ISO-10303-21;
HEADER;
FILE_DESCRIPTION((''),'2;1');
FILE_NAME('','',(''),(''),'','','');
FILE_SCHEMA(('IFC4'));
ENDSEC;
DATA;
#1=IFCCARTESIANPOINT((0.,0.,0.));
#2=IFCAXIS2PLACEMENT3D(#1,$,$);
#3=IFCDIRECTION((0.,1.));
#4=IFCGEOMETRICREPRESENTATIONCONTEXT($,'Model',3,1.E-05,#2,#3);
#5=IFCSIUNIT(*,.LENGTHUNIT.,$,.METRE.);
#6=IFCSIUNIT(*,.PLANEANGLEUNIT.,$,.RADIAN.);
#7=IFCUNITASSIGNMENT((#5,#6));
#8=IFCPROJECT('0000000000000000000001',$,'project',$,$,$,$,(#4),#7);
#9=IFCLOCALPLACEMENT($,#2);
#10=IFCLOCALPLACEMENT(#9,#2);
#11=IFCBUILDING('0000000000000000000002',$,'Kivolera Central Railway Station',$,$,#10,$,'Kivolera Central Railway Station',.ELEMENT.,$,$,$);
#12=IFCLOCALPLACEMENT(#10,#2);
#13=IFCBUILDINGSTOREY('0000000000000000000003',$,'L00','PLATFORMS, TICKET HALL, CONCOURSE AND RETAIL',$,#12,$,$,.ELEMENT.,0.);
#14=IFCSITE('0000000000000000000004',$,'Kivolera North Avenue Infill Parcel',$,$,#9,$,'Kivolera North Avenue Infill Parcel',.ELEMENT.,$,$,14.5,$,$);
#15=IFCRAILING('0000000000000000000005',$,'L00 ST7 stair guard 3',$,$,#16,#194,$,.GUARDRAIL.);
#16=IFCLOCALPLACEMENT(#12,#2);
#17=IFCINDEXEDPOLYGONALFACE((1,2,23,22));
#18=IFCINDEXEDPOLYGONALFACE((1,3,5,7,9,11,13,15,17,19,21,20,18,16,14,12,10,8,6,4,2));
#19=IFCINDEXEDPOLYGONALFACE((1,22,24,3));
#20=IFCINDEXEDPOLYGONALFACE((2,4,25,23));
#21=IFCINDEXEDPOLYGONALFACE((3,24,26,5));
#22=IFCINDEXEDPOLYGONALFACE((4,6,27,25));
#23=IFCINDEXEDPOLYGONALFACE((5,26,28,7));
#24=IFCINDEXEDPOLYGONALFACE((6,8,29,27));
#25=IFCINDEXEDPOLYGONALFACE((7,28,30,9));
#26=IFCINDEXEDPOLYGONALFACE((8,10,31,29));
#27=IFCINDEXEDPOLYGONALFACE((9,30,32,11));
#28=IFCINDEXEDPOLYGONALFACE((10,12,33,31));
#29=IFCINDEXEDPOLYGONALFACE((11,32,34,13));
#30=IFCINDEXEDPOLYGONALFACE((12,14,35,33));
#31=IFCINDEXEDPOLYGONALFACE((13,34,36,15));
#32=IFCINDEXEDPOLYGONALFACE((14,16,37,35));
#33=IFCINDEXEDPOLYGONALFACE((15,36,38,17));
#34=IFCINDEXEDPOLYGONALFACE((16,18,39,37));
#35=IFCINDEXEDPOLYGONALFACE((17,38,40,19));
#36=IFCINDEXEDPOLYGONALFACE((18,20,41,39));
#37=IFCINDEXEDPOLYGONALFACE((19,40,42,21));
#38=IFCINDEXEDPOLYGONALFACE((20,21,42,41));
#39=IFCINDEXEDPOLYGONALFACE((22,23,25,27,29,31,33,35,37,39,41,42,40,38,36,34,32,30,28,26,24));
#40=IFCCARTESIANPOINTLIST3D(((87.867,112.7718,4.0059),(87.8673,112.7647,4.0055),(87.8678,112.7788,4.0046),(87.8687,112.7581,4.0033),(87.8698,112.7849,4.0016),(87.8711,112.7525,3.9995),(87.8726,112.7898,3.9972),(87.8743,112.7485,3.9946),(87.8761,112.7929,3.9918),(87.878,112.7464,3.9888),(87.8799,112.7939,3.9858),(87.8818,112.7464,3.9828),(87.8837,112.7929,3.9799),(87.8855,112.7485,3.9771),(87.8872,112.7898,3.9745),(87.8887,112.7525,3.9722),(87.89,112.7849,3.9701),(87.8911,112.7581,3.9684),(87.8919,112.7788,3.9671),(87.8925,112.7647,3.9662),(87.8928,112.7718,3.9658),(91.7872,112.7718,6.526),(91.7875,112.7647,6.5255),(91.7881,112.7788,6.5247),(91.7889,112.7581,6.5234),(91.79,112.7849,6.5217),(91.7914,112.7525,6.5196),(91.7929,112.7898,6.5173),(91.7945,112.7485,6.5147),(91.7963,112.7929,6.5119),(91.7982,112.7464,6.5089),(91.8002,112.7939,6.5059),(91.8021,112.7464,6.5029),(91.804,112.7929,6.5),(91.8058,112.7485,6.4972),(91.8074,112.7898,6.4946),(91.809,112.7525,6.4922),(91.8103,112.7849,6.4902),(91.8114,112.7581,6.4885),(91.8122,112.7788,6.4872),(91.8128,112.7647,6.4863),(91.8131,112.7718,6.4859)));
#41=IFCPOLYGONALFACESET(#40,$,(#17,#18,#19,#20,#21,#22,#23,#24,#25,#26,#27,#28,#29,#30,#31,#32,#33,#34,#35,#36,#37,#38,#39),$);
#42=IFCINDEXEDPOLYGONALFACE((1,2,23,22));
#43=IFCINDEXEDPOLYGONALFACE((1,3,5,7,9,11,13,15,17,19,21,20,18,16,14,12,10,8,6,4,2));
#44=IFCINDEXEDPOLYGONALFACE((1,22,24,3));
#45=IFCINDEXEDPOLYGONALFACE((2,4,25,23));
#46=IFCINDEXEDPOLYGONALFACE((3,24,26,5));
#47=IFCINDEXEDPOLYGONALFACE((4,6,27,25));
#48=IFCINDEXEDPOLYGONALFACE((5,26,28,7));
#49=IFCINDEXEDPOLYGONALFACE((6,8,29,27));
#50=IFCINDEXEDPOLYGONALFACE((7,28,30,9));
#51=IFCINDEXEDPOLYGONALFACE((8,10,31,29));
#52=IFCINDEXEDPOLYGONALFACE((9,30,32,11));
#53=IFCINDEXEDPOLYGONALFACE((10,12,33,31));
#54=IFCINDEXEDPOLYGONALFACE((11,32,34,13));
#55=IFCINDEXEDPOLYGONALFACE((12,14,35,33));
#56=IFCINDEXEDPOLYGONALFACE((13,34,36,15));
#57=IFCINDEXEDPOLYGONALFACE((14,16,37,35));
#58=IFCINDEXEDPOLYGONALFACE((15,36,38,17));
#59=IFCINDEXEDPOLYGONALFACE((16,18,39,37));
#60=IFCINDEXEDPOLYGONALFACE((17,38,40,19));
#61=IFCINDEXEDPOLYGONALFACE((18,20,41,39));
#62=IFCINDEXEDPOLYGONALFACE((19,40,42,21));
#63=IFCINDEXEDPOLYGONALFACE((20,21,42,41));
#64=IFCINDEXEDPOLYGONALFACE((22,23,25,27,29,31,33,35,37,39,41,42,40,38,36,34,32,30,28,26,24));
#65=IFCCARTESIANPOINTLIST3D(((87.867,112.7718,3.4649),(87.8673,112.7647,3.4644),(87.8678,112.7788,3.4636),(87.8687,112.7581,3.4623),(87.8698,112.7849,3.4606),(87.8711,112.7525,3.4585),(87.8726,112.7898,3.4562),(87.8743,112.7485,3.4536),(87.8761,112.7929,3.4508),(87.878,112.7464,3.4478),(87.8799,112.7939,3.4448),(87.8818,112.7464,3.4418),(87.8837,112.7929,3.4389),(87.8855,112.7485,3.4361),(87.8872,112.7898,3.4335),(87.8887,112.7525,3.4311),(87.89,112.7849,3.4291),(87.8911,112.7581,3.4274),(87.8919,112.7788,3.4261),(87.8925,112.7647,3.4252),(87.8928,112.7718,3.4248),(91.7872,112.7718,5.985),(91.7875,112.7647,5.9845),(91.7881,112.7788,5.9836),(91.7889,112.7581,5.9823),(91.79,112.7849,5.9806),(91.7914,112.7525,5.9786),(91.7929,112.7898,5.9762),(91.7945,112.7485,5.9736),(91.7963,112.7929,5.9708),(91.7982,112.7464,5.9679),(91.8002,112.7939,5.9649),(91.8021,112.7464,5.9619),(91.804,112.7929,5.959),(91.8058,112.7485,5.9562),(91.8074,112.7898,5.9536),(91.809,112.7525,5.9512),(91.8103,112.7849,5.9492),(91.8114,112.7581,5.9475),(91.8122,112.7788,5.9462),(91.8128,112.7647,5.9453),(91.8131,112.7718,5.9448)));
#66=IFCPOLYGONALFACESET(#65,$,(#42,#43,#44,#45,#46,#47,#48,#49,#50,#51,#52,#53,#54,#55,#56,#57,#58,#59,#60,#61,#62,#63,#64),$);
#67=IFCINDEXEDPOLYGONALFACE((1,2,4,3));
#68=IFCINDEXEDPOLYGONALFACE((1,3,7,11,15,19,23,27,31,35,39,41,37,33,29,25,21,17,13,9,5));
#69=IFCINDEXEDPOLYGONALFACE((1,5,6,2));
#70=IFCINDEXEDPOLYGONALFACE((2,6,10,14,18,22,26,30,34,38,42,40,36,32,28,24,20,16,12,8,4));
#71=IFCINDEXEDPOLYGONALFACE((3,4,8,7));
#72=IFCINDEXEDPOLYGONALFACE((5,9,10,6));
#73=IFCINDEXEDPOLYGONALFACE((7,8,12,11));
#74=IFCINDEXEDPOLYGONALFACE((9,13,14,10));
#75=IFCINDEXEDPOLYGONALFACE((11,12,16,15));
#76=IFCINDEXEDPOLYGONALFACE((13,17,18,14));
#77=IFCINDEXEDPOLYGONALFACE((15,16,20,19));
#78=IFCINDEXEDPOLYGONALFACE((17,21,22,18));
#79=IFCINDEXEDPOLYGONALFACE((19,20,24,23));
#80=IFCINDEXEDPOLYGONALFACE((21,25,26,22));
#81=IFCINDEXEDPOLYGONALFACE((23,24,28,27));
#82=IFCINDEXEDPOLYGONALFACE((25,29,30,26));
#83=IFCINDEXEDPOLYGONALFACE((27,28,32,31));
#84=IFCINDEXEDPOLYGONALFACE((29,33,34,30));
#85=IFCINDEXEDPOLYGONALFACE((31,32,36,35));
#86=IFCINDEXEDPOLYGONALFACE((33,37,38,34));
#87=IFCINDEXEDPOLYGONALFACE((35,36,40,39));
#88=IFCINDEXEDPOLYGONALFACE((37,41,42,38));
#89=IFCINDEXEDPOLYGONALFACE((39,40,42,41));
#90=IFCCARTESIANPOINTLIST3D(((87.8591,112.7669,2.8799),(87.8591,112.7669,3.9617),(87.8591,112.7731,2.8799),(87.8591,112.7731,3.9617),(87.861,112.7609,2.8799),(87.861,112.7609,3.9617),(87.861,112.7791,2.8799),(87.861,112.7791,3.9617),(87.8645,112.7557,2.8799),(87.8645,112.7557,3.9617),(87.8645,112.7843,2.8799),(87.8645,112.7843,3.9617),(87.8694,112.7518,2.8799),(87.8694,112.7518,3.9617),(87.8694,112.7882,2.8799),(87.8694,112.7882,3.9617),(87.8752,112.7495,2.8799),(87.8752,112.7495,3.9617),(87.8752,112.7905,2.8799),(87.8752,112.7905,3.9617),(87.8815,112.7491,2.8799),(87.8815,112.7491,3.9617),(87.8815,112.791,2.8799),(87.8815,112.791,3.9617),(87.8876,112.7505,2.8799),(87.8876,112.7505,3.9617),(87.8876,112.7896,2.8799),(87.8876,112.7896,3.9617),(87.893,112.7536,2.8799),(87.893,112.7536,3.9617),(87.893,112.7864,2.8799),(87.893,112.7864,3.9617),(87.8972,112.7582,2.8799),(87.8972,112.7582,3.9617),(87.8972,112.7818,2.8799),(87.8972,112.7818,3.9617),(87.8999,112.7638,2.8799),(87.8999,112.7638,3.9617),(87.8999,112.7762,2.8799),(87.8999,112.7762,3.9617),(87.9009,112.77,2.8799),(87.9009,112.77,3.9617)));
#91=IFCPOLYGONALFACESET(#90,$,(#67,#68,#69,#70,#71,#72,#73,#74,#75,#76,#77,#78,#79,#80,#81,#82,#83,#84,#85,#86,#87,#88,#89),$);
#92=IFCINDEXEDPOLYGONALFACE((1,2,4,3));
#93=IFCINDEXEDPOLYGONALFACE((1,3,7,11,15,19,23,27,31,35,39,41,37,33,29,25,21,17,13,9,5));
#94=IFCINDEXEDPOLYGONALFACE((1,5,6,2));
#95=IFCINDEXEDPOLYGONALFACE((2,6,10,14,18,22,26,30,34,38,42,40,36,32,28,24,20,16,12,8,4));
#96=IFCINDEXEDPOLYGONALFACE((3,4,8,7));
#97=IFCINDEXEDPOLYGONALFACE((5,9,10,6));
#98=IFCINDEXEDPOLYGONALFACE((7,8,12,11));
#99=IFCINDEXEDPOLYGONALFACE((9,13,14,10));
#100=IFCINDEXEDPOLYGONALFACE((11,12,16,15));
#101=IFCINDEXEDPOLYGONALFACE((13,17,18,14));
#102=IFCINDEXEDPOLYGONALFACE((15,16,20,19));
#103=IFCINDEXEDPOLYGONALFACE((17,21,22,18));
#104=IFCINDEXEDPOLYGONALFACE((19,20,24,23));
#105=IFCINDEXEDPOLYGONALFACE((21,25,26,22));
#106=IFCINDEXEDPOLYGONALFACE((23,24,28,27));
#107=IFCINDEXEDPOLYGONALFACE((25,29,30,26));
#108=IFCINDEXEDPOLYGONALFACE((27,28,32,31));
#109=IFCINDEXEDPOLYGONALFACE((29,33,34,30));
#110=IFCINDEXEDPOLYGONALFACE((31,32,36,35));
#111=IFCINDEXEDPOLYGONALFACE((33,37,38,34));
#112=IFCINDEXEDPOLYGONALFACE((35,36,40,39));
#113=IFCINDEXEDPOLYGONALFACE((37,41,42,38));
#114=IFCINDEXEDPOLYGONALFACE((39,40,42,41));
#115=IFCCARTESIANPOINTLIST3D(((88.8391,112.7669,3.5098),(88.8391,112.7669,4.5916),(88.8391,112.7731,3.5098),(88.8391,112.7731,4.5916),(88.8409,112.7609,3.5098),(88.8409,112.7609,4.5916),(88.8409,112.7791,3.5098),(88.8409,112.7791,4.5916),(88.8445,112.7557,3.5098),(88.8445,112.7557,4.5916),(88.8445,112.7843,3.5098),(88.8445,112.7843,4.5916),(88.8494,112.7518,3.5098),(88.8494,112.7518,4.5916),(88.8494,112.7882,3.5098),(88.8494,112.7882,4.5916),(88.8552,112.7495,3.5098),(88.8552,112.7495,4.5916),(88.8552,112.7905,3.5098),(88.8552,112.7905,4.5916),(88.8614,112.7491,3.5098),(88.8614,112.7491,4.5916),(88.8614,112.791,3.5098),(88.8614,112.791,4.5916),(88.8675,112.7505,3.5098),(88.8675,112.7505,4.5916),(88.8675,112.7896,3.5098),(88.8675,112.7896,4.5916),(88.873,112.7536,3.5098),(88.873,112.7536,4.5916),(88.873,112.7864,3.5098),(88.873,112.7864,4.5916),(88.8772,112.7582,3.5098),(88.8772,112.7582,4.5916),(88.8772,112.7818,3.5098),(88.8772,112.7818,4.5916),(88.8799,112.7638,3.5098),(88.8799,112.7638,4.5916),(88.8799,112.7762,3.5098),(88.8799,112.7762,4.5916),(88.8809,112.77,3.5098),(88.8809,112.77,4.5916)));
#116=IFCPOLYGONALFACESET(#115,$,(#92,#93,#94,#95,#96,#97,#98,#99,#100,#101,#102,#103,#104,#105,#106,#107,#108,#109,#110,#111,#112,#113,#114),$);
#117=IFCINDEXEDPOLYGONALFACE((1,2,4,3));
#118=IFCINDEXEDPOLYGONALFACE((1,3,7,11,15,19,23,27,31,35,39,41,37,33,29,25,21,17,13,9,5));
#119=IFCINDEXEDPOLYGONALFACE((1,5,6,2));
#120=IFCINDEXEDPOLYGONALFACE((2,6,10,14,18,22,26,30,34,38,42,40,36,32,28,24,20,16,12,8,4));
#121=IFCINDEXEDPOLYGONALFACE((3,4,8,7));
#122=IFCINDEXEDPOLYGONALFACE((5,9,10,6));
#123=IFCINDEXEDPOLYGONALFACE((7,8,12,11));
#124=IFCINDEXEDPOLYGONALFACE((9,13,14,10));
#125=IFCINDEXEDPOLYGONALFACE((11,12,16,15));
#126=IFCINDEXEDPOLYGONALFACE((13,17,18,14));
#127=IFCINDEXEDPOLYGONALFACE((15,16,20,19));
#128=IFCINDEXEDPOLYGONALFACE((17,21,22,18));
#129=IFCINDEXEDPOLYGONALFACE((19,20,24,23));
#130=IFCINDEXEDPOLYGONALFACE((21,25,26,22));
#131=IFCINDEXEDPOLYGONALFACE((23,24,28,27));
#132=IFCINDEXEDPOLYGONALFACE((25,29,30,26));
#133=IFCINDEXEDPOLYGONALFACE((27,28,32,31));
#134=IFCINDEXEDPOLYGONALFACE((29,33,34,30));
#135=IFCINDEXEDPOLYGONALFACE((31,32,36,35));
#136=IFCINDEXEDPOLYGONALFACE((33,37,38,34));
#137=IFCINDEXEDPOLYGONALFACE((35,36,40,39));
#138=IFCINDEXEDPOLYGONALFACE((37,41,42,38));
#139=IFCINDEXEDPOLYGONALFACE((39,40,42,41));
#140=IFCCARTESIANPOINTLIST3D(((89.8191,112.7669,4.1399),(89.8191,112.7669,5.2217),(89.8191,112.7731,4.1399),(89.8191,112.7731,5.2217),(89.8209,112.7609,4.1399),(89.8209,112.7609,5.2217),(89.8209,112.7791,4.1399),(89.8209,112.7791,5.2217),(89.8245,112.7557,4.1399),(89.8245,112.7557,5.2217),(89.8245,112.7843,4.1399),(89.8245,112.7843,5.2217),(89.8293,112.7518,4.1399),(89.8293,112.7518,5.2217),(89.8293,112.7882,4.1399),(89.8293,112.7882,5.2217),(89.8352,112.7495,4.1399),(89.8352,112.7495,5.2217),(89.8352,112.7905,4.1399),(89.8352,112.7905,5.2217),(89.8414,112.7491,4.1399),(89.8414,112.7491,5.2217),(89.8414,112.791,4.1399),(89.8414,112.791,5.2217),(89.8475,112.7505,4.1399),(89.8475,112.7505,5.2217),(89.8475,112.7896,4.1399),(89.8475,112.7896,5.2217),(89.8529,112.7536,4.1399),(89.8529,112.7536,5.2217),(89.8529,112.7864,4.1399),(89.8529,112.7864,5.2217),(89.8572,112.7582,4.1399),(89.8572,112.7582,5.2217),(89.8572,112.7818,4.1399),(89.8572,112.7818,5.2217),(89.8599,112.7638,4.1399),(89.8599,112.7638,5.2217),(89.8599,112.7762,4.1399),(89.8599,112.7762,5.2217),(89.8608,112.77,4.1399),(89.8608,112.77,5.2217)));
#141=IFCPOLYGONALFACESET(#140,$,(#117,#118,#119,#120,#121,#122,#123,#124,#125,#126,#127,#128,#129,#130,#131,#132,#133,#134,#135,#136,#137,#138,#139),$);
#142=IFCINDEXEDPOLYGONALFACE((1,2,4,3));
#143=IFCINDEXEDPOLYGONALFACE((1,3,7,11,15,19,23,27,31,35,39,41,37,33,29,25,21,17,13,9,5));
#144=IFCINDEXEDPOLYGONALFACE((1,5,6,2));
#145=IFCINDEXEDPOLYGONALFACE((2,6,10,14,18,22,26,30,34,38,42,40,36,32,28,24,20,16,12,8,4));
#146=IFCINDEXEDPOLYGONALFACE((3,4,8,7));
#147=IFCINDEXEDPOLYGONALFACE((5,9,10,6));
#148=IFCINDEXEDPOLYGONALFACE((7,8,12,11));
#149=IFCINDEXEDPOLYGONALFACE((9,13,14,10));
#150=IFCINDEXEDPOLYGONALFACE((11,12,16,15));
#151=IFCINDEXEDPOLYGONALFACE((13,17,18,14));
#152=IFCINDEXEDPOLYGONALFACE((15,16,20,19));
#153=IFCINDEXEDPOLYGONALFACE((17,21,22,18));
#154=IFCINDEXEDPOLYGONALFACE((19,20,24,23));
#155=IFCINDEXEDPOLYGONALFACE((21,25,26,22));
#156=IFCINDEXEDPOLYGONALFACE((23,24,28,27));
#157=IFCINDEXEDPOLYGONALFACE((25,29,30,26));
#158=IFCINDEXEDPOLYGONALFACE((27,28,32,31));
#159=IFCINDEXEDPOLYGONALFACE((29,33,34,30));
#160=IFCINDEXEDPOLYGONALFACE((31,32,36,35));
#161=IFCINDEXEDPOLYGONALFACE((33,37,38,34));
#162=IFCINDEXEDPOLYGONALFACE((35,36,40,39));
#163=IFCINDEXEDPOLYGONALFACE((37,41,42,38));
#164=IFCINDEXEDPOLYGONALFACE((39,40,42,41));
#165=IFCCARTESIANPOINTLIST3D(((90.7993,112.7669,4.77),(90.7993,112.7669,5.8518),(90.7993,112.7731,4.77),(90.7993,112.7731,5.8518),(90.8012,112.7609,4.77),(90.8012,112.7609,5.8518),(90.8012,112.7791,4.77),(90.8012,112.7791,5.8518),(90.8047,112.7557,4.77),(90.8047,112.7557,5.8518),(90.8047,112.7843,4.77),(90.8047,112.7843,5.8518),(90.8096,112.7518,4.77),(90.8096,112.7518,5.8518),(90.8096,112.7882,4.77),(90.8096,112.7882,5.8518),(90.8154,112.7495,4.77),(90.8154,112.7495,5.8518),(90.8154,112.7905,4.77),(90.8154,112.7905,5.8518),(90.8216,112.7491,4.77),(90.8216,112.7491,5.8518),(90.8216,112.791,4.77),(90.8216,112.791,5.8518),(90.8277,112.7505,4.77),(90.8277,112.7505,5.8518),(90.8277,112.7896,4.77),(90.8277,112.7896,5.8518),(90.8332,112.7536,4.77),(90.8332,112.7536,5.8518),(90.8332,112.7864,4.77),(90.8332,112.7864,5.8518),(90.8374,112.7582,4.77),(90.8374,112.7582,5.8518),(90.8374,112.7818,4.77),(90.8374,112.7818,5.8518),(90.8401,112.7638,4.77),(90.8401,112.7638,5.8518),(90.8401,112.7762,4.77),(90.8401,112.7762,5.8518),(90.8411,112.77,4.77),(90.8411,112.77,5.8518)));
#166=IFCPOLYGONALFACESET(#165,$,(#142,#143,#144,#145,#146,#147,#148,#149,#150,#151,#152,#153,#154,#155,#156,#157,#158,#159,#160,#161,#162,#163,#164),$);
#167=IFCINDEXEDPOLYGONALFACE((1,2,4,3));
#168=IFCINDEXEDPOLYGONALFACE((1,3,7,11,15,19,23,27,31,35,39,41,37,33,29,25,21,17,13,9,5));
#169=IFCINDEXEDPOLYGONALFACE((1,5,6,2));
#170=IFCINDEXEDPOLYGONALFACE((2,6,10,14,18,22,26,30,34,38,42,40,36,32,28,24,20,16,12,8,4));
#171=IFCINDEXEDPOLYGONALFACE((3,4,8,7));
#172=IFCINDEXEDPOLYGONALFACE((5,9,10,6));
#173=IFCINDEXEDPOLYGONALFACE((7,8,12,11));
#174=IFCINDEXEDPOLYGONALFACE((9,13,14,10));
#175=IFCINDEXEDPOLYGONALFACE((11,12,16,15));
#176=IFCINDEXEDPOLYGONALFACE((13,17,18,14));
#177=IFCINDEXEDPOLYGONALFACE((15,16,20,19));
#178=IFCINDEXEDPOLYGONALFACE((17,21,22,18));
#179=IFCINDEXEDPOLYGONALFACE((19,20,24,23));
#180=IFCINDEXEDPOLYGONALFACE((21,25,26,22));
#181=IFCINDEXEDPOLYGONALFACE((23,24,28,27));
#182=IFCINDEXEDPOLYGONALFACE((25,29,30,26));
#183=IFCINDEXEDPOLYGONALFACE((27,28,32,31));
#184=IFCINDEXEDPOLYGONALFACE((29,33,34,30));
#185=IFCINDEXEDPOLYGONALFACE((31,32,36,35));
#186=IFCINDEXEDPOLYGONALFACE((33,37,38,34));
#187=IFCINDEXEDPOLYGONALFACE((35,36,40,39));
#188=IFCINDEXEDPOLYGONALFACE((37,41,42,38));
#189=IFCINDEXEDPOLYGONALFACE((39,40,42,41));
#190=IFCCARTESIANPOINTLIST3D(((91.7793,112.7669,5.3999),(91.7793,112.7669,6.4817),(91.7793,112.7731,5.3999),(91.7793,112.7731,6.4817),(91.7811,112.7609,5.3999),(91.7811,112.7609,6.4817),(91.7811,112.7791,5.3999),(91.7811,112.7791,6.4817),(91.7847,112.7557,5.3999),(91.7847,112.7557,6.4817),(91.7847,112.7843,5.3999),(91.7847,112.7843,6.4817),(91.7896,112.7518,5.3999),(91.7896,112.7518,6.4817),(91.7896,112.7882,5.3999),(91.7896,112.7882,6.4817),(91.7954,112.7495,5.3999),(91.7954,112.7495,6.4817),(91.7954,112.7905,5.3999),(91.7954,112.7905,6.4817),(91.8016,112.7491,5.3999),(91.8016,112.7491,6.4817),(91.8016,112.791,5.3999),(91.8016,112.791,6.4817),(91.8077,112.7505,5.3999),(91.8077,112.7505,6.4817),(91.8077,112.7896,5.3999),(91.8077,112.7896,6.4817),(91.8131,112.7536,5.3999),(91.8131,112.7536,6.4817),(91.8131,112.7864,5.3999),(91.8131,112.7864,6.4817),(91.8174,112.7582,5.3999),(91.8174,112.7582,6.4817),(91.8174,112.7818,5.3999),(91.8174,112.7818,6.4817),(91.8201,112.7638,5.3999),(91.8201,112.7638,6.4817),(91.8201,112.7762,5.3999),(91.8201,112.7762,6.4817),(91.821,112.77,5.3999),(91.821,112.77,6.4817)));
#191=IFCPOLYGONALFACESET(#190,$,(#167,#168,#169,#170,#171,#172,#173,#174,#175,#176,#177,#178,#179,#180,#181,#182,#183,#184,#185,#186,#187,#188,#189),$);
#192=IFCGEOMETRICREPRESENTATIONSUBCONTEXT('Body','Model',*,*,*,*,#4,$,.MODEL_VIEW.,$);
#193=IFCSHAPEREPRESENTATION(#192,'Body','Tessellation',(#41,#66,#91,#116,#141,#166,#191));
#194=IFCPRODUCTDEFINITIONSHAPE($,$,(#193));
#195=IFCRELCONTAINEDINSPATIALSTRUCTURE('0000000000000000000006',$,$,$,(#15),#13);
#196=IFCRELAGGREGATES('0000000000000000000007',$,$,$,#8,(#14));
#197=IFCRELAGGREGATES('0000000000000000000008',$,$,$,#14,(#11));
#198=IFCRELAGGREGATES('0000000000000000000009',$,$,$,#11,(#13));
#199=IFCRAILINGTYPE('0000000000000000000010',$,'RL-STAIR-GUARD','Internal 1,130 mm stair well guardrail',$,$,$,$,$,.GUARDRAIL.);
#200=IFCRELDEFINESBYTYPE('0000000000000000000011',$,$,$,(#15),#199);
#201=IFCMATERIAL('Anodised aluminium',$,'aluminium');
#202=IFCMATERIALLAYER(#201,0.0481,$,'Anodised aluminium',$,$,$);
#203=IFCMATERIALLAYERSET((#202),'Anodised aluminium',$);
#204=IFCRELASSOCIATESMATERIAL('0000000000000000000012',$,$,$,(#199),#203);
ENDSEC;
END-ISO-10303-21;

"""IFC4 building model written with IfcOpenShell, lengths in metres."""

from ifc_helpers import new_model, si_unit, direction, frame, origin, origin_2d, place, context, subcontext, project, spatial, circle, extrude, material, layer, layer_set, type_object, element, save


model = new_model("IFC4")

# Units and contexts
model_context = context("Model", 3, precision=1e-05, world=origin(), true_north=direction((0.0, 1.0)))
body_context = subcontext(model_context, "Body", "Model", "MODEL_VIEW")
ifc_project = project(units=[si_unit("LENGTHUNIT", "METRE"), si_unit("PLANEANGLEUNIT", "RADIAN")], contexts=[model_context])

# Site, building, storey
site_placement = place(None, origin())
site = spatial("IfcSite", under=ifc_project, at=site_placement, Name="Kivolera North Avenue Infill Parcel", LongName="Kivolera North Avenue Infill Parcel", CompositionType="ELEMENT", RefElevation=14.5)
building_placement = place(site_placement, origin())
building = spatial("IfcBuilding", under=site, at=building_placement, Name="Kivolera Central Railway Station", LongName="Kivolera Central Railway Station", CompositionType="ELEMENT")
storey_placement = place(building_placement, origin())
storey = spatial("IfcBuildingStorey", under=building, at=storey_placement, Name="L00", Description="PLATFORMS, TICKET HALL, CONCOURSE AND RETAIL", CompositionType="ELEMENT", Elevation=0.0)

# Shared definitions
ifc_material_1 = material(Name="Anodised aluminium", Category="aluminium")

# Railing
ifc_layer_1 = layer(ifc_material_1, 0.0481, Name="Anodised aluminium")
ifc_layer_set_1 = layer_set([ifc_layer_1], Name="Anodised aluminium")
railing_type_1 = type_object("IfcRailingType", Name="RL-STAIR-GUARD", Description="Internal 1,130 mm stair well guardrail", PredefinedType="GUARDRAIL", material=ifc_layer_set_1)
railing_1_placement = place(storey_placement, frame((87.8799, 112.77, 2.8799)))
element("IfcRailing", 1, at=railing_1_placement, inside=storey, type_object=railing_type_1, Name="L00 ST7 stair guard 3", PredefinedType="GUARDRAIL", context=body_context, shape_type="SweptSolid", body=[
    extrude(circle(Radius=0.0239, at=origin_2d()), frame((0.0, 0.0, 1.106), z_axis=(0.841187, 0.0, 0.540744), x_axis=(0.0, 1.0, 0.0)), (0.0, 0.0, 1.0), 4.6604),
    extrude(circle(Radius=0.0239, at=origin_2d()), frame((0.0, 0.0, 0.5649), z_axis=(0.841187, 0.0, 0.540744), x_axis=(0.0, 1.0, 0.0)), (0.0, 0.0, 1.0), 4.6604),
    extrude(circle(Radius=0.021, at=origin_2d()), origin(), (0.0, 0.0, 1.0), 1.0818),
    extrude(circle(Radius=0.021, at=origin_2d()), frame((0.98, 0.0, 0.6299)), (0.0, 0.0, 1.0), 1.0818),
    extrude(circle(Radius=0.021, at=origin_2d()), frame((1.96, 0.0, 1.26)), (0.0, 0.0, 1.0), 1.0818),
    extrude(circle(Radius=0.021, at=origin_2d()), frame((2.9402, 0.0, 1.8901)), (0.0, 0.0, 1.0), 1.0818),
    extrude(circle(Radius=0.021, at=origin_2d()), frame((3.9202, 0.0, 2.52)), (0.0, 0.0, 1.0), 1.0818),
])

save(model, "model.ifc")
